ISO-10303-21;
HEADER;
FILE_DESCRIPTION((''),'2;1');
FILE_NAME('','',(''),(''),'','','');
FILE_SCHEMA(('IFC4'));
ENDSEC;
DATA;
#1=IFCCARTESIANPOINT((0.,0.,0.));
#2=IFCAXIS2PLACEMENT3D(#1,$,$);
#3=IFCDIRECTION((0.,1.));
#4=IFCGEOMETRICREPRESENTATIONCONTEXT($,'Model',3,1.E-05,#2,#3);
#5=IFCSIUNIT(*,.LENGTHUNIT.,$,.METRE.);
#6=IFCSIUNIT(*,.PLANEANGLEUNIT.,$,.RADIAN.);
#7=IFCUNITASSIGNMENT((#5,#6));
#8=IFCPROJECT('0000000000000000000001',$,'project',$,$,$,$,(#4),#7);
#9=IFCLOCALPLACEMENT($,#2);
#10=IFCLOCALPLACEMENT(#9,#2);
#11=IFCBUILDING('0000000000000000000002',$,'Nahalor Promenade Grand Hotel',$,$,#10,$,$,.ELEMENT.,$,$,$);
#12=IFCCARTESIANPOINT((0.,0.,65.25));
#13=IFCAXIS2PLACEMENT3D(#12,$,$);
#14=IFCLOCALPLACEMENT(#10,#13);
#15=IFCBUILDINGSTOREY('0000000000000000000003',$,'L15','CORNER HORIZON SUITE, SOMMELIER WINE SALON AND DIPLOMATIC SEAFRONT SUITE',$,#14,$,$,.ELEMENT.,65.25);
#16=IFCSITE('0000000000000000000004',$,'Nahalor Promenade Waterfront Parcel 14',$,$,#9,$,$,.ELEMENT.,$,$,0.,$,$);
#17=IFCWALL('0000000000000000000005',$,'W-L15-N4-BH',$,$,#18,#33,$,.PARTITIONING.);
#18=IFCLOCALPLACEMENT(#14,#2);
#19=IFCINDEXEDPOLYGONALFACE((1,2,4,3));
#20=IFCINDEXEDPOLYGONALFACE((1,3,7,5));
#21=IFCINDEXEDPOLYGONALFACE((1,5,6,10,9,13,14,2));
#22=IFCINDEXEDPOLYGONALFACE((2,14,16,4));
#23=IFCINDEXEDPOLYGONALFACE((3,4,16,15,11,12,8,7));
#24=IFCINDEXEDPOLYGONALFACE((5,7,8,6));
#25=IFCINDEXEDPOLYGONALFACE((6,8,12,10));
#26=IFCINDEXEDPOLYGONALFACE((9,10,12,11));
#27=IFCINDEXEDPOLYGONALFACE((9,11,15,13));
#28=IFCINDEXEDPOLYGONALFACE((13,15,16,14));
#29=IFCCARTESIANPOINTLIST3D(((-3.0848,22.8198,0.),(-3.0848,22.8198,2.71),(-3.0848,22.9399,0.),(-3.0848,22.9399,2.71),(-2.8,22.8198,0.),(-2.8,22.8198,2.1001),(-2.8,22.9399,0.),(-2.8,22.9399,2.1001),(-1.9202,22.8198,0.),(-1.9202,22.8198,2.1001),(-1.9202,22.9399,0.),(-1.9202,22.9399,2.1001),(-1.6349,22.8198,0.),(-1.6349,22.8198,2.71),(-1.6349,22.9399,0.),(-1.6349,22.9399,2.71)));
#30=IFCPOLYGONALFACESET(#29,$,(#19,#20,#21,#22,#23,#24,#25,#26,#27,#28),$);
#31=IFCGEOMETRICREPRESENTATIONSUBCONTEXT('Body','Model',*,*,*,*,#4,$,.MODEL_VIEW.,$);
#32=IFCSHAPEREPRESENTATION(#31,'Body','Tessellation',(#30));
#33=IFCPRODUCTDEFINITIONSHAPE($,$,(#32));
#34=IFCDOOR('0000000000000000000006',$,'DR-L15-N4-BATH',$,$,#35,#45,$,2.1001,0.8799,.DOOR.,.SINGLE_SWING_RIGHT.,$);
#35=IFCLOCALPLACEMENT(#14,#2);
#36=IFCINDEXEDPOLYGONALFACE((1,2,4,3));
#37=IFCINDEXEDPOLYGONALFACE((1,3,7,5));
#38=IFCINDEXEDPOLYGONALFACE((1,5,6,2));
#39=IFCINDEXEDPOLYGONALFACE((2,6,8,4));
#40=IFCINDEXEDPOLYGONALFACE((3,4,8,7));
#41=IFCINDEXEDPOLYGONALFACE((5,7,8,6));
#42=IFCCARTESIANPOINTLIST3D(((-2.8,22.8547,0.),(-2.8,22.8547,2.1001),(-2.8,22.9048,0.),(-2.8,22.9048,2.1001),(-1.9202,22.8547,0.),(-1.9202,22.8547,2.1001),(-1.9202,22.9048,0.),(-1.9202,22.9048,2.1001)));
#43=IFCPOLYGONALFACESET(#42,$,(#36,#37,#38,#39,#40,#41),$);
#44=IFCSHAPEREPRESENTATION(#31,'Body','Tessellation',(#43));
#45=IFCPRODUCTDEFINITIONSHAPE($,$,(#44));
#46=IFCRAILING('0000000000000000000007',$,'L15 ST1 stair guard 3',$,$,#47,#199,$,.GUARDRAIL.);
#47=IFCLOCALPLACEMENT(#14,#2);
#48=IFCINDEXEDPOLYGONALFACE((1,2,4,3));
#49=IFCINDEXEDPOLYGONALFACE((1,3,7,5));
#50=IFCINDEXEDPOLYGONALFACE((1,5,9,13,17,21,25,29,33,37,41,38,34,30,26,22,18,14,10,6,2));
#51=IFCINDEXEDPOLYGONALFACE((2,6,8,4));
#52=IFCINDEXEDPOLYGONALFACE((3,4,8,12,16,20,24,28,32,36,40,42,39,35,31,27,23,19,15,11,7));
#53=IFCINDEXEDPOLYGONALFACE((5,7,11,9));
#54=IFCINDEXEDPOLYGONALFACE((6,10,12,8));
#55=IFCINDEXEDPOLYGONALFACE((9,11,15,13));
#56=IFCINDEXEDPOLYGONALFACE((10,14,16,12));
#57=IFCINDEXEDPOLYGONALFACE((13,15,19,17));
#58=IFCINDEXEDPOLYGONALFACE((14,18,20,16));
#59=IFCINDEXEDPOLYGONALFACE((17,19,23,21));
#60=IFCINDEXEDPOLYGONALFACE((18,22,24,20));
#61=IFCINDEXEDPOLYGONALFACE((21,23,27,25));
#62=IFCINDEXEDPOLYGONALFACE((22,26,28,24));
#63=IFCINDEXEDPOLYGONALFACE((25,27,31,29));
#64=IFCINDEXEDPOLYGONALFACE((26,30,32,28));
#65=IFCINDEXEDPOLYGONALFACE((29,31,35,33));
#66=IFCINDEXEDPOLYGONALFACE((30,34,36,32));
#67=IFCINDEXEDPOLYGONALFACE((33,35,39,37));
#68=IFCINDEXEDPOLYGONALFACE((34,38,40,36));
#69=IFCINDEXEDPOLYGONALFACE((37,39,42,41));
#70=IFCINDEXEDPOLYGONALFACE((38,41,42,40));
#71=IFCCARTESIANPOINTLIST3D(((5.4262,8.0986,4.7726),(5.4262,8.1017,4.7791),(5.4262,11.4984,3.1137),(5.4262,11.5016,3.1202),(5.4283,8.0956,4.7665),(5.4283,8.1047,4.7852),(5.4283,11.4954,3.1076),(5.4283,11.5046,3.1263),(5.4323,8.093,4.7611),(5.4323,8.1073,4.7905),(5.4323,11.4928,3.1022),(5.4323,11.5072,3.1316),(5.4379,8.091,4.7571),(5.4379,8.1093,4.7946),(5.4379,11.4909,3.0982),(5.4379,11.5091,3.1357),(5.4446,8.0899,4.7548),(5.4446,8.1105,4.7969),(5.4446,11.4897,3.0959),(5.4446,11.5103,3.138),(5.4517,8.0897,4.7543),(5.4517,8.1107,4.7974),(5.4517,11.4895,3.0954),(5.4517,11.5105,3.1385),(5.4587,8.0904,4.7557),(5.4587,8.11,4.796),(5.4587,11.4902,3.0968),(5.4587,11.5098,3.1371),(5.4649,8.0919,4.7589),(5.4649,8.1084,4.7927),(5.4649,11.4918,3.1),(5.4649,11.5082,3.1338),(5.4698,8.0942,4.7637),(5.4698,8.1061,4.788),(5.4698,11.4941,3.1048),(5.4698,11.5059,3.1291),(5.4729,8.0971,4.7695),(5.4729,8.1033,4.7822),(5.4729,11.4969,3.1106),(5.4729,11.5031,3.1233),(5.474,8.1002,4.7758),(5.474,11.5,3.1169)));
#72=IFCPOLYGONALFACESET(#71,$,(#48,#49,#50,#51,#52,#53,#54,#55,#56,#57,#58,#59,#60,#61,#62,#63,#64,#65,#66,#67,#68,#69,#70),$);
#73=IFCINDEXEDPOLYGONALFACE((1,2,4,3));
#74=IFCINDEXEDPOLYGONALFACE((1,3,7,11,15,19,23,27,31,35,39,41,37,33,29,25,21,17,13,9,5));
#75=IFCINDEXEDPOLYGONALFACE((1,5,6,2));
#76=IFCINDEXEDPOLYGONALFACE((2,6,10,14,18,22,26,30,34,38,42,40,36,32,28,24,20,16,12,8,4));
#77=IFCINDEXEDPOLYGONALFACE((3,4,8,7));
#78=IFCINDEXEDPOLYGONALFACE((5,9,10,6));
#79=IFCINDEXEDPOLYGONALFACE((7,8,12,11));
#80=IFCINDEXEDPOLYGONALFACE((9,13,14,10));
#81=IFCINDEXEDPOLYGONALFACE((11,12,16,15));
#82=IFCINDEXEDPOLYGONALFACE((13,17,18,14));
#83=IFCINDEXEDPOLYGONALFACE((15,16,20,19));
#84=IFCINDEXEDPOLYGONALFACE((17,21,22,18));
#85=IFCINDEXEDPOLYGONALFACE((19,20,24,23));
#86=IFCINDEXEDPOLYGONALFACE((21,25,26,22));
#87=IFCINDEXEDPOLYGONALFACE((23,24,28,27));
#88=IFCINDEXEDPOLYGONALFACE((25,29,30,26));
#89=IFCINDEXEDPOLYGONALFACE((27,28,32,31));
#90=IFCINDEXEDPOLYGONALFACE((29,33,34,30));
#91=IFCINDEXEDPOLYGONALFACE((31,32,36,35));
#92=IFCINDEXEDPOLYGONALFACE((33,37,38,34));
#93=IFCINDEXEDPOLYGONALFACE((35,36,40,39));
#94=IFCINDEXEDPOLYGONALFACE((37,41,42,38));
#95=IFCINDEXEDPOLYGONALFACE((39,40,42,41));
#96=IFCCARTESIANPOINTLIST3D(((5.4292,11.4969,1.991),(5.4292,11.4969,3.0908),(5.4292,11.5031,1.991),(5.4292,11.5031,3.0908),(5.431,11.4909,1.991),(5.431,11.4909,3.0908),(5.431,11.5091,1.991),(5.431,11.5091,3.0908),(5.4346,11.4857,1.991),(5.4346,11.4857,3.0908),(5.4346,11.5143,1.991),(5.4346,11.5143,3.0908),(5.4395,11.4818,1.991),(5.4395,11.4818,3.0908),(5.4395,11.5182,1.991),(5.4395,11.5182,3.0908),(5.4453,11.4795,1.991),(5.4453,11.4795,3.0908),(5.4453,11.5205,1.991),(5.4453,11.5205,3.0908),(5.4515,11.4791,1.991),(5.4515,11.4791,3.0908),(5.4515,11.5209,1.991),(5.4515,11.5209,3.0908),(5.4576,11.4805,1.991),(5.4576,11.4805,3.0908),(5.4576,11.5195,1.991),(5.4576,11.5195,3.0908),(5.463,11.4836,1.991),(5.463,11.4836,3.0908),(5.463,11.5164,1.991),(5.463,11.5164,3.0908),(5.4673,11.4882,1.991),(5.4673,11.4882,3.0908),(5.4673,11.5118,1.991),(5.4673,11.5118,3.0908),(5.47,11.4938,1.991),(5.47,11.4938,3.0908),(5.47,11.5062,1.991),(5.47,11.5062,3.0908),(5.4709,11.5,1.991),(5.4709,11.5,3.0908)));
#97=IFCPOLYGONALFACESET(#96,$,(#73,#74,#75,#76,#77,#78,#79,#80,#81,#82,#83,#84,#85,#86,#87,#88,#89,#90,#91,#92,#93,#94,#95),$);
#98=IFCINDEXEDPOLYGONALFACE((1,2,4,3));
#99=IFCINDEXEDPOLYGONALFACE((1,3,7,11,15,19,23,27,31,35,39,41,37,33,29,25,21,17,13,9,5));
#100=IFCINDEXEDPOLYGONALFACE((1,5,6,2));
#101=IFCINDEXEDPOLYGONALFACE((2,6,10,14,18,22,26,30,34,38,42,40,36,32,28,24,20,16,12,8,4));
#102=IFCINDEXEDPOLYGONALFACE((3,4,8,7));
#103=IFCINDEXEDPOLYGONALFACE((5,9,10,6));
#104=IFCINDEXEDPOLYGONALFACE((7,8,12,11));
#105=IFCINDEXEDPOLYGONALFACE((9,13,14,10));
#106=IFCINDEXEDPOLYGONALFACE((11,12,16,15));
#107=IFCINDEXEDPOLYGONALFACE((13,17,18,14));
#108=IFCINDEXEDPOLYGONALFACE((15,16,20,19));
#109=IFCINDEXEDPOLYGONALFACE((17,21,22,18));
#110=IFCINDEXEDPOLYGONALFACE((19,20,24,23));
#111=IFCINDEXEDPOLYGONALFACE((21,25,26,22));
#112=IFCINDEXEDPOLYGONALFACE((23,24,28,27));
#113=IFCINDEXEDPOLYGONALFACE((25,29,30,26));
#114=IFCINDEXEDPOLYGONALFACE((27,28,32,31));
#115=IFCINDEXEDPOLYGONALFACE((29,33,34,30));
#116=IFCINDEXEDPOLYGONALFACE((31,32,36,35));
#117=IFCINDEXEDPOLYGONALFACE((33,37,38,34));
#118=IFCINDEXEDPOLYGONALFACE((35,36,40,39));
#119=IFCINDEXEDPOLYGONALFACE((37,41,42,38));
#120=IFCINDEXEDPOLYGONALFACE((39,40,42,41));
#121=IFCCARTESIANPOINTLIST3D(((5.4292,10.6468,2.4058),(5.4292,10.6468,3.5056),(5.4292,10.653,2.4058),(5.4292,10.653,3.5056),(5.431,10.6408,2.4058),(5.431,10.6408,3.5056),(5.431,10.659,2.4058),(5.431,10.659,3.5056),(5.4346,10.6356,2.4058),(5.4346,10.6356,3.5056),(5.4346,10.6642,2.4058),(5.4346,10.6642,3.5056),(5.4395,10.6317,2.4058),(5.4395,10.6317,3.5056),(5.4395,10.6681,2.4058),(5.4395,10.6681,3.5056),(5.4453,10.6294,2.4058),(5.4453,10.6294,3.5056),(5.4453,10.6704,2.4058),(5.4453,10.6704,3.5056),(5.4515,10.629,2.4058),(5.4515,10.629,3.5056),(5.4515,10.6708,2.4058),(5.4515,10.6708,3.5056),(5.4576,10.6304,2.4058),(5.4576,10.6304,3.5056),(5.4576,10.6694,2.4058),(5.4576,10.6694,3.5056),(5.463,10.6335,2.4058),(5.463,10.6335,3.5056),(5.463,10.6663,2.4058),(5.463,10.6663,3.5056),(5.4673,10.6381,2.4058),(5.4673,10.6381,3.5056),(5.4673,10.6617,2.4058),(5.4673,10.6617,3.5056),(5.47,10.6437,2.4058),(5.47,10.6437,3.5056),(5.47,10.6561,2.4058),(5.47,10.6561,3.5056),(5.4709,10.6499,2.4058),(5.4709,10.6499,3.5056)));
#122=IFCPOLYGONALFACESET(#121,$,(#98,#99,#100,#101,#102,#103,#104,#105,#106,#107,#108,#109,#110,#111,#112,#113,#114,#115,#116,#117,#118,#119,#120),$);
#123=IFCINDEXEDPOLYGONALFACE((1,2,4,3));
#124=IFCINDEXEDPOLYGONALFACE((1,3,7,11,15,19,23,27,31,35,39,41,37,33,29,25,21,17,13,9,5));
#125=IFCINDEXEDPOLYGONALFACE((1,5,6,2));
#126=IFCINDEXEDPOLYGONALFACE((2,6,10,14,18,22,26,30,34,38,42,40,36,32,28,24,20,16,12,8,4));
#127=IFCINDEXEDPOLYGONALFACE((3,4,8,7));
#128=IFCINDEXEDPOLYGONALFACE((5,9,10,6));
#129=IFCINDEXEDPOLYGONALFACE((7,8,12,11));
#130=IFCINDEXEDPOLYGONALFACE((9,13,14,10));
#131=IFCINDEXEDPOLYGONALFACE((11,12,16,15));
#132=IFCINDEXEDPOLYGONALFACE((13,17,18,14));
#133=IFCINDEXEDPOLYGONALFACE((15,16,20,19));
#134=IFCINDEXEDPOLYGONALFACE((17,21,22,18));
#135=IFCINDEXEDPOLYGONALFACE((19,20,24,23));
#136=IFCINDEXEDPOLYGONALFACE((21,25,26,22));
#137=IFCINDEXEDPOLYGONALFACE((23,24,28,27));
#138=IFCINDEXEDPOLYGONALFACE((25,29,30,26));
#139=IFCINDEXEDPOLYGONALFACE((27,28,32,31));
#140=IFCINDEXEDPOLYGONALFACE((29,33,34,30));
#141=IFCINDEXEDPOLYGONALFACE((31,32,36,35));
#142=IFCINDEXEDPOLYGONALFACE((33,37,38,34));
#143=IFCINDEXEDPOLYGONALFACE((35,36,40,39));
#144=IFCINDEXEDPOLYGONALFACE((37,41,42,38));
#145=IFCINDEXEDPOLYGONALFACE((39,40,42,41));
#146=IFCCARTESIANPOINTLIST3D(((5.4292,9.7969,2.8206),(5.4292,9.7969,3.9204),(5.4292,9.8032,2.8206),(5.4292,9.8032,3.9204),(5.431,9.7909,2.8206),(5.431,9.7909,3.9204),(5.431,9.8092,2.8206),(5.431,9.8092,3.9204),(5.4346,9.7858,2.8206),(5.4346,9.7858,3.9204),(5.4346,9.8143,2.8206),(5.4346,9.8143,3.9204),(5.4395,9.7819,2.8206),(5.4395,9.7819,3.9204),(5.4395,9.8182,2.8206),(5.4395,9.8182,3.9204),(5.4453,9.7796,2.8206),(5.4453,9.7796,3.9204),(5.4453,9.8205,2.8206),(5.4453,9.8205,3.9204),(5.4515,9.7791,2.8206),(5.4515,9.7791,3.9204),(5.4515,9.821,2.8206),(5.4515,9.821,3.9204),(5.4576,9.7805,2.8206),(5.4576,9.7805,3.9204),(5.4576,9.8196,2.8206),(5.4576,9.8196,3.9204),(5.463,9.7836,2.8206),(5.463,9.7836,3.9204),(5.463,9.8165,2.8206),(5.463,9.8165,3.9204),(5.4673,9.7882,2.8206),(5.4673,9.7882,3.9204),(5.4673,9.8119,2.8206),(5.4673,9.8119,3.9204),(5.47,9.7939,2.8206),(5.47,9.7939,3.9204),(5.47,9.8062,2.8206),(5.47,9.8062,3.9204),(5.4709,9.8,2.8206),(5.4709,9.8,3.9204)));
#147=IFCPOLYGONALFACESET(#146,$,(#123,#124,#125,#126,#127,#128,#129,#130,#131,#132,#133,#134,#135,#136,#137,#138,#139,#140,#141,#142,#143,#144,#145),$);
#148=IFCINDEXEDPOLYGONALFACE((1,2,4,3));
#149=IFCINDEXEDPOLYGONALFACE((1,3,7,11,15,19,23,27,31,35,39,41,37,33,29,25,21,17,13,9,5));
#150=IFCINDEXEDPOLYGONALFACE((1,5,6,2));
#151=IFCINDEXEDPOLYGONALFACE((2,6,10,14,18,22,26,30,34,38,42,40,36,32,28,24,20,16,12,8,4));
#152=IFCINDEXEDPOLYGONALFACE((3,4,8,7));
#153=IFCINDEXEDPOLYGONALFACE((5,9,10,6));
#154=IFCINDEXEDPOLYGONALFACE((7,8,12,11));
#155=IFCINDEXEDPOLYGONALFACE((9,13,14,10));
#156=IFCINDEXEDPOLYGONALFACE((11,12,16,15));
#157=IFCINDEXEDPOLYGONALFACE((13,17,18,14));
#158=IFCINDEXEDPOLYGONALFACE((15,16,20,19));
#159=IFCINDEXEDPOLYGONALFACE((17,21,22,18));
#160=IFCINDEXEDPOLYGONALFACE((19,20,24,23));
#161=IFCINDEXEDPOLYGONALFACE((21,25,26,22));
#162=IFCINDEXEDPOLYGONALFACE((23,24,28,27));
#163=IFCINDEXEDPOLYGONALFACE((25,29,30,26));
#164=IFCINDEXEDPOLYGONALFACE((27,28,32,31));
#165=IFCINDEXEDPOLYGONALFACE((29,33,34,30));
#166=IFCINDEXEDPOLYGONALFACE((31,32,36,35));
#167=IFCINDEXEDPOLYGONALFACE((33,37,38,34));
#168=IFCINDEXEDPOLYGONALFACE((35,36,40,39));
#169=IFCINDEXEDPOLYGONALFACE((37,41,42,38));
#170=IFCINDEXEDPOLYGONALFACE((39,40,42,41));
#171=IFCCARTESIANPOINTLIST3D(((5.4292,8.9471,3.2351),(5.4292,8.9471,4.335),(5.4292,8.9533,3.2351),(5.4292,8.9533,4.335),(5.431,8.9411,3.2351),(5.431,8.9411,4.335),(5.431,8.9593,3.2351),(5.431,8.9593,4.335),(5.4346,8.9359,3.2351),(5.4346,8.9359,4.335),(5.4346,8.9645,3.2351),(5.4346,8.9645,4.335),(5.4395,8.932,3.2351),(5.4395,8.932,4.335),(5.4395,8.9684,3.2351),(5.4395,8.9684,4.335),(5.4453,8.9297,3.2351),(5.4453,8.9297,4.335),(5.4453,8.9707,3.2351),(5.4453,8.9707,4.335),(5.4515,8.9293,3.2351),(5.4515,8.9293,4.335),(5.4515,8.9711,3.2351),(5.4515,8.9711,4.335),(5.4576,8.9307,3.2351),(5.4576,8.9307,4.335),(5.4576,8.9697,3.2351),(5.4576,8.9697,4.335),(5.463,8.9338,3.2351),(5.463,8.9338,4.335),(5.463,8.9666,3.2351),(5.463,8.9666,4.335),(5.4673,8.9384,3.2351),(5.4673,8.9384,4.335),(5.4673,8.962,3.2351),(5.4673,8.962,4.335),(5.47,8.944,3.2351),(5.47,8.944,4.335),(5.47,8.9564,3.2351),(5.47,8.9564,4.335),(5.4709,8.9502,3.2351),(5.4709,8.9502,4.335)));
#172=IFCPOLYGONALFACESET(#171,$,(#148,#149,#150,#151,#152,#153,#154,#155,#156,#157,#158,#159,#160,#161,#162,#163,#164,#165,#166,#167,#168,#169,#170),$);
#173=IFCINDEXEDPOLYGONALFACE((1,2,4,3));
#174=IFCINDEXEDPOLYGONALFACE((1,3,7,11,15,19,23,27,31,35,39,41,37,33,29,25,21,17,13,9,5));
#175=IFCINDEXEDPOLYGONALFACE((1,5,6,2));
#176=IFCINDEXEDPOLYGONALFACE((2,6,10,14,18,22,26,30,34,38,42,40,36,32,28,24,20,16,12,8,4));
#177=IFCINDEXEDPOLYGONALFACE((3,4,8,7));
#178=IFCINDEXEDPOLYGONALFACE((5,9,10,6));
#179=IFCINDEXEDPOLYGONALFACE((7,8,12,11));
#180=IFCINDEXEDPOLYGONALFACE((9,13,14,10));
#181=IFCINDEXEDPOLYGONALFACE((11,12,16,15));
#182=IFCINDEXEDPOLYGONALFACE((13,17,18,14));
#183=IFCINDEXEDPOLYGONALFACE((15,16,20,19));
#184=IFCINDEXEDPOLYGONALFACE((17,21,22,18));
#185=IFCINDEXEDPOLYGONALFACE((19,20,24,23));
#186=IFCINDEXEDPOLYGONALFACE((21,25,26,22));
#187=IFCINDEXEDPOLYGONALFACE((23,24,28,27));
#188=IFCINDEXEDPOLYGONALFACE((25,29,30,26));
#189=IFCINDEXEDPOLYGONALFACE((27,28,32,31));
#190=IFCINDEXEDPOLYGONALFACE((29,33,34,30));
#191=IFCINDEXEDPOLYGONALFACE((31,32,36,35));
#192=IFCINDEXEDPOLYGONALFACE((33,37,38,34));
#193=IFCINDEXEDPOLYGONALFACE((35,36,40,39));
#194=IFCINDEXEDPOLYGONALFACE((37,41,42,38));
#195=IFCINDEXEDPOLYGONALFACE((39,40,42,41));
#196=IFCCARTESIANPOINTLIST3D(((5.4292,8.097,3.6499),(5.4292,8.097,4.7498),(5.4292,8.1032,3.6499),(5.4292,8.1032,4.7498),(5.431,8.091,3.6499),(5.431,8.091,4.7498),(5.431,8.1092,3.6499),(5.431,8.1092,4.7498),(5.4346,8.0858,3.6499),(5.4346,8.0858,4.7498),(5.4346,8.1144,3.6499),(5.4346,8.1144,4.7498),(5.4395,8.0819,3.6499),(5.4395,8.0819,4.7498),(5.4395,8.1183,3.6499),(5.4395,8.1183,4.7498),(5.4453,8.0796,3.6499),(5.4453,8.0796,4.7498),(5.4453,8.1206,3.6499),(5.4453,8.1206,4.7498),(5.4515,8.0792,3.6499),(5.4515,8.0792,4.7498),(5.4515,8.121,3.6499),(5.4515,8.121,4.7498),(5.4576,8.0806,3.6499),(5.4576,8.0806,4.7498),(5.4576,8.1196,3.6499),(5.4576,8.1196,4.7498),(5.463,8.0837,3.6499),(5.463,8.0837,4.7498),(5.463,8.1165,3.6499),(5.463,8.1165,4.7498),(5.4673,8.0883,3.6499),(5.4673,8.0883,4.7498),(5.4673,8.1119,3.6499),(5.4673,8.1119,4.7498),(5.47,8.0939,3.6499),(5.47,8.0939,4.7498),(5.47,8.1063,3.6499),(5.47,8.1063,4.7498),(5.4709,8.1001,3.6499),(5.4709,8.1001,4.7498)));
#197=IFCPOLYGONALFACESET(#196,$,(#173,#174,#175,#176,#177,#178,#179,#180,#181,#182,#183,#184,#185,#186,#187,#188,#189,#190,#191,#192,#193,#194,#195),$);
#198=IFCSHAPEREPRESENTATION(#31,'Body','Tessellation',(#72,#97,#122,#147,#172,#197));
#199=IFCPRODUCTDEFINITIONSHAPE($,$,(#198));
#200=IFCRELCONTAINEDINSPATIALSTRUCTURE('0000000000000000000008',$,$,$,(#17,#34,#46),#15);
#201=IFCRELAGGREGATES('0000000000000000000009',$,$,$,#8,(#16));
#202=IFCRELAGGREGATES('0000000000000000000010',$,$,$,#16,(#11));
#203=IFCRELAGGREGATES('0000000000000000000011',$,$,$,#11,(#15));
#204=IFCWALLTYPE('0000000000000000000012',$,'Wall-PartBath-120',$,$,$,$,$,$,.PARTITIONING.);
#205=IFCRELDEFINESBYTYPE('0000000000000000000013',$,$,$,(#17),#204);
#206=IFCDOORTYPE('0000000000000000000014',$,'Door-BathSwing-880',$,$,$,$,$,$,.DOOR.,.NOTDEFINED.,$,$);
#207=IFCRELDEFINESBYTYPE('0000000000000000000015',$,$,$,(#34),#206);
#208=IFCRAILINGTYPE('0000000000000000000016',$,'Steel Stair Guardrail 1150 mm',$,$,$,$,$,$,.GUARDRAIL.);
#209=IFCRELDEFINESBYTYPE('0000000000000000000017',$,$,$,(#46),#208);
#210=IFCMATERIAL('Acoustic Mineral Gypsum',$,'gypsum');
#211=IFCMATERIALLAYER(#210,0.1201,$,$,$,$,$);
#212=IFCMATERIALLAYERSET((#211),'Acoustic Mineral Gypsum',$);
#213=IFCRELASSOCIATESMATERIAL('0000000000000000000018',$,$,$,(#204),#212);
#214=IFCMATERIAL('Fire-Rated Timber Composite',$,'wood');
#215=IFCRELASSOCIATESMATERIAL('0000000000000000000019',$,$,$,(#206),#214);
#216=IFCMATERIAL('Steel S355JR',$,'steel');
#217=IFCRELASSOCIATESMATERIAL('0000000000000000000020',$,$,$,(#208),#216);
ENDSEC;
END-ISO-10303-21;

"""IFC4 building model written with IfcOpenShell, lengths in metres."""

from ifc_helpers import new_model, si_unit, direction, frame, frame_2d, origin, origin_2d, place, context, subcontext, project, spatial, rectangle, circle, extrude, source, transform, mapped, material, layer, layer_set, type_object, element, fill, save


model = new_model("IFC4")

# Units and contexts
model_context = context("Model", 3, precision=1e-05, world=origin(), true_north=direction((0.0, 1.0)))
body_context = subcontext(model_context, "Body", "Model", "MODEL_VIEW")
ifc_project = project(units=[si_unit("LENGTHUNIT", "METRE"), si_unit("PLANEANGLEUNIT", "RADIAN")], contexts=[model_context])

# Site, building, storey
site_placement = place(None, origin())
site = spatial("IfcSite", under=ifc_project, at=site_placement, Name="Nahalor Promenade Waterfront Parcel 14", CompositionType="ELEMENT", RefElevation=0.0)
building_placement = place(site_placement, origin())
building = spatial("IfcBuilding", under=site, at=building_placement, Name="Nahalor Promenade Grand Hotel", CompositionType="ELEMENT")
storey_placement = place(building_placement, frame((0.0, 0.0, 65.25)))
storey = spatial("IfcBuildingStorey", under=building, at=storey_placement, Name="L15", Description="CORNER HORIZON SUITE, SOMMELIER WINE SALON AND DIPLOMATIC SEAFRONT SUITE", CompositionType="ELEMENT", Elevation=65.25)

# Shared definitions
ifc_material_1 = material(Name="Steel S355JR", Category="steel")

# Shared definitions
ifc_material_2 = material(Name="Acoustic Mineral Gypsum", Category="gypsum")
ifc_layer_1 = layer(ifc_material_2, 0.1201)
ifc_layer_set_1 = layer_set([ifc_layer_1], Name="Acoustic Mineral Gypsum")
wall_type_1 = type_object("IfcWallType", Name="Wall-PartBath-120", PredefinedType="PARTITIONING", material=ifc_layer_set_1)

# Wall, opening, door
shared_shape_1 = source(origin(), body_context, "Body", "SweptSolid", [
    extrude(rectangle(XDim=1.45, YDim=0.1201, at=frame_2d((0.7251, 0.0))), origin(), (0.0, 0.0, 1.0), 2.71),
])
ifc_material_3 = material(Name="Fire-Rated Timber Composite", Category="wood")
door_type = type_object("IfcDoorType", Name="Door-BathSwing-880", OperationType="NOTDEFINED", PredefinedType="DOOR", material=ifc_material_3)
shared_shape_2 = source(origin(), body_context, "Body", "SweptSolid", [
    extrude(rectangle(XDim=0.8799, YDim=2.1001, at=frame_2d((0.4399, 1.05))), frame((0.0, 0.0249, 0.0), z_axis=(0.0, -1.0, 0.0), x_axis=(1.0, 0.0, 0.0)), (0.0, 0.0, 1.0), 0.05),
])
wall_1_placement = place(storey_placement, frame((-3.085, 22.8799, 0.0), z_axis=(0.0, 0.0, 1.0), x_axis=(1.0, 0.0, 0.0)))
wall_1 = element("IfcWall", 1, at=wall_1_placement, inside=storey, type_object=wall_type_1, Name="W-L15-N4-BH", PredefinedType="PARTITIONING", context=body_context, shape_type="MappedRepresentation", body=[
    mapped(shared_shape_1, transform((0.0, 0.0, 0.0), scale=1.0)),
])
opening_1_placement = place(wall_1_placement, frame((0.2849, 0.0, 0.0)))
opening_1 = element("IfcOpeningElement", 2, at=opening_1_placement, cuts=wall_1, PredefinedType="OPENING", context=body_context, shape_type="SweptSolid", body=[
    extrude(rectangle(XDim=0.8799, YDim=2.1001, at=frame_2d((0.4399, 1.05))), frame((0.0, 0.0701, 0.0), z_axis=(0.0, -1.0, 0.0), x_axis=(1.0, 0.0, 0.0)), (0.0, 0.0, 1.0), 0.1401),
])
door_1_placement = place(opening_1_placement, origin())
door_1 = element("IfcDoor", 3, at=door_1_placement, inside=storey, type_object=door_type, Name="DR-L15-N4-BATH", OperationType="SINGLE_SWING_RIGHT", OverallHeight=2.1001, OverallWidth=0.8799, PredefinedType="DOOR", context=body_context, shape_type="MappedRepresentation", body=[
    mapped(shared_shape_2, transform((0.0, 0.0, 0.0), scale=1.0)),
])
fill(opening_1, door_1)

# Railing
railing_type = type_object("IfcRailingType", Name="Steel Stair Guardrail 1150 mm", PredefinedType="GUARDRAIL", material=ifc_material_1)
railing_placement = place(storey_placement, frame((5.45, 11.5, 1.991)))
element("IfcRailing", 4, at=railing_placement, inside=storey, type_object=railing_type, Name="L15 ST1 stair guard 3", PredefinedType="GUARDRAIL", context=body_context, shape_type="SweptSolid", body=[
    extrude(circle(Radius=0.024, at=origin_2d()), frame((0.0, 0.0, 1.126), z_axis=(0.0, -0.898722, 0.438519), x_axis=(1.0, 0.0, 0.0)), (0.0, 0.0, 1.0), 3.783),
    extrude(circle(Radius=0.021, at=origin_2d()), origin(), (0.0, 0.0, 1.0), 1.0999),
    extrude(circle(Radius=0.021, at=origin_2d()), frame((0.0, -0.8501, 0.4148)), (0.0, 0.0, 1.0), 1.0999),
    extrude(circle(Radius=0.021, at=origin_2d()), frame((0.0, -1.7, 0.8296)), (0.0, 0.0, 1.0), 1.0999),
    extrude(circle(Radius=0.021, at=origin_2d()), frame((0.0, -2.5498, 1.2441)), (0.0, 0.0, 1.0), 1.0999),
    extrude(circle(Radius=0.021, at=origin_2d()), frame((0.0, -3.3999, 1.6589)), (0.0, 0.0, 1.0), 1.0999),
])

save(model, "model.ifc")
